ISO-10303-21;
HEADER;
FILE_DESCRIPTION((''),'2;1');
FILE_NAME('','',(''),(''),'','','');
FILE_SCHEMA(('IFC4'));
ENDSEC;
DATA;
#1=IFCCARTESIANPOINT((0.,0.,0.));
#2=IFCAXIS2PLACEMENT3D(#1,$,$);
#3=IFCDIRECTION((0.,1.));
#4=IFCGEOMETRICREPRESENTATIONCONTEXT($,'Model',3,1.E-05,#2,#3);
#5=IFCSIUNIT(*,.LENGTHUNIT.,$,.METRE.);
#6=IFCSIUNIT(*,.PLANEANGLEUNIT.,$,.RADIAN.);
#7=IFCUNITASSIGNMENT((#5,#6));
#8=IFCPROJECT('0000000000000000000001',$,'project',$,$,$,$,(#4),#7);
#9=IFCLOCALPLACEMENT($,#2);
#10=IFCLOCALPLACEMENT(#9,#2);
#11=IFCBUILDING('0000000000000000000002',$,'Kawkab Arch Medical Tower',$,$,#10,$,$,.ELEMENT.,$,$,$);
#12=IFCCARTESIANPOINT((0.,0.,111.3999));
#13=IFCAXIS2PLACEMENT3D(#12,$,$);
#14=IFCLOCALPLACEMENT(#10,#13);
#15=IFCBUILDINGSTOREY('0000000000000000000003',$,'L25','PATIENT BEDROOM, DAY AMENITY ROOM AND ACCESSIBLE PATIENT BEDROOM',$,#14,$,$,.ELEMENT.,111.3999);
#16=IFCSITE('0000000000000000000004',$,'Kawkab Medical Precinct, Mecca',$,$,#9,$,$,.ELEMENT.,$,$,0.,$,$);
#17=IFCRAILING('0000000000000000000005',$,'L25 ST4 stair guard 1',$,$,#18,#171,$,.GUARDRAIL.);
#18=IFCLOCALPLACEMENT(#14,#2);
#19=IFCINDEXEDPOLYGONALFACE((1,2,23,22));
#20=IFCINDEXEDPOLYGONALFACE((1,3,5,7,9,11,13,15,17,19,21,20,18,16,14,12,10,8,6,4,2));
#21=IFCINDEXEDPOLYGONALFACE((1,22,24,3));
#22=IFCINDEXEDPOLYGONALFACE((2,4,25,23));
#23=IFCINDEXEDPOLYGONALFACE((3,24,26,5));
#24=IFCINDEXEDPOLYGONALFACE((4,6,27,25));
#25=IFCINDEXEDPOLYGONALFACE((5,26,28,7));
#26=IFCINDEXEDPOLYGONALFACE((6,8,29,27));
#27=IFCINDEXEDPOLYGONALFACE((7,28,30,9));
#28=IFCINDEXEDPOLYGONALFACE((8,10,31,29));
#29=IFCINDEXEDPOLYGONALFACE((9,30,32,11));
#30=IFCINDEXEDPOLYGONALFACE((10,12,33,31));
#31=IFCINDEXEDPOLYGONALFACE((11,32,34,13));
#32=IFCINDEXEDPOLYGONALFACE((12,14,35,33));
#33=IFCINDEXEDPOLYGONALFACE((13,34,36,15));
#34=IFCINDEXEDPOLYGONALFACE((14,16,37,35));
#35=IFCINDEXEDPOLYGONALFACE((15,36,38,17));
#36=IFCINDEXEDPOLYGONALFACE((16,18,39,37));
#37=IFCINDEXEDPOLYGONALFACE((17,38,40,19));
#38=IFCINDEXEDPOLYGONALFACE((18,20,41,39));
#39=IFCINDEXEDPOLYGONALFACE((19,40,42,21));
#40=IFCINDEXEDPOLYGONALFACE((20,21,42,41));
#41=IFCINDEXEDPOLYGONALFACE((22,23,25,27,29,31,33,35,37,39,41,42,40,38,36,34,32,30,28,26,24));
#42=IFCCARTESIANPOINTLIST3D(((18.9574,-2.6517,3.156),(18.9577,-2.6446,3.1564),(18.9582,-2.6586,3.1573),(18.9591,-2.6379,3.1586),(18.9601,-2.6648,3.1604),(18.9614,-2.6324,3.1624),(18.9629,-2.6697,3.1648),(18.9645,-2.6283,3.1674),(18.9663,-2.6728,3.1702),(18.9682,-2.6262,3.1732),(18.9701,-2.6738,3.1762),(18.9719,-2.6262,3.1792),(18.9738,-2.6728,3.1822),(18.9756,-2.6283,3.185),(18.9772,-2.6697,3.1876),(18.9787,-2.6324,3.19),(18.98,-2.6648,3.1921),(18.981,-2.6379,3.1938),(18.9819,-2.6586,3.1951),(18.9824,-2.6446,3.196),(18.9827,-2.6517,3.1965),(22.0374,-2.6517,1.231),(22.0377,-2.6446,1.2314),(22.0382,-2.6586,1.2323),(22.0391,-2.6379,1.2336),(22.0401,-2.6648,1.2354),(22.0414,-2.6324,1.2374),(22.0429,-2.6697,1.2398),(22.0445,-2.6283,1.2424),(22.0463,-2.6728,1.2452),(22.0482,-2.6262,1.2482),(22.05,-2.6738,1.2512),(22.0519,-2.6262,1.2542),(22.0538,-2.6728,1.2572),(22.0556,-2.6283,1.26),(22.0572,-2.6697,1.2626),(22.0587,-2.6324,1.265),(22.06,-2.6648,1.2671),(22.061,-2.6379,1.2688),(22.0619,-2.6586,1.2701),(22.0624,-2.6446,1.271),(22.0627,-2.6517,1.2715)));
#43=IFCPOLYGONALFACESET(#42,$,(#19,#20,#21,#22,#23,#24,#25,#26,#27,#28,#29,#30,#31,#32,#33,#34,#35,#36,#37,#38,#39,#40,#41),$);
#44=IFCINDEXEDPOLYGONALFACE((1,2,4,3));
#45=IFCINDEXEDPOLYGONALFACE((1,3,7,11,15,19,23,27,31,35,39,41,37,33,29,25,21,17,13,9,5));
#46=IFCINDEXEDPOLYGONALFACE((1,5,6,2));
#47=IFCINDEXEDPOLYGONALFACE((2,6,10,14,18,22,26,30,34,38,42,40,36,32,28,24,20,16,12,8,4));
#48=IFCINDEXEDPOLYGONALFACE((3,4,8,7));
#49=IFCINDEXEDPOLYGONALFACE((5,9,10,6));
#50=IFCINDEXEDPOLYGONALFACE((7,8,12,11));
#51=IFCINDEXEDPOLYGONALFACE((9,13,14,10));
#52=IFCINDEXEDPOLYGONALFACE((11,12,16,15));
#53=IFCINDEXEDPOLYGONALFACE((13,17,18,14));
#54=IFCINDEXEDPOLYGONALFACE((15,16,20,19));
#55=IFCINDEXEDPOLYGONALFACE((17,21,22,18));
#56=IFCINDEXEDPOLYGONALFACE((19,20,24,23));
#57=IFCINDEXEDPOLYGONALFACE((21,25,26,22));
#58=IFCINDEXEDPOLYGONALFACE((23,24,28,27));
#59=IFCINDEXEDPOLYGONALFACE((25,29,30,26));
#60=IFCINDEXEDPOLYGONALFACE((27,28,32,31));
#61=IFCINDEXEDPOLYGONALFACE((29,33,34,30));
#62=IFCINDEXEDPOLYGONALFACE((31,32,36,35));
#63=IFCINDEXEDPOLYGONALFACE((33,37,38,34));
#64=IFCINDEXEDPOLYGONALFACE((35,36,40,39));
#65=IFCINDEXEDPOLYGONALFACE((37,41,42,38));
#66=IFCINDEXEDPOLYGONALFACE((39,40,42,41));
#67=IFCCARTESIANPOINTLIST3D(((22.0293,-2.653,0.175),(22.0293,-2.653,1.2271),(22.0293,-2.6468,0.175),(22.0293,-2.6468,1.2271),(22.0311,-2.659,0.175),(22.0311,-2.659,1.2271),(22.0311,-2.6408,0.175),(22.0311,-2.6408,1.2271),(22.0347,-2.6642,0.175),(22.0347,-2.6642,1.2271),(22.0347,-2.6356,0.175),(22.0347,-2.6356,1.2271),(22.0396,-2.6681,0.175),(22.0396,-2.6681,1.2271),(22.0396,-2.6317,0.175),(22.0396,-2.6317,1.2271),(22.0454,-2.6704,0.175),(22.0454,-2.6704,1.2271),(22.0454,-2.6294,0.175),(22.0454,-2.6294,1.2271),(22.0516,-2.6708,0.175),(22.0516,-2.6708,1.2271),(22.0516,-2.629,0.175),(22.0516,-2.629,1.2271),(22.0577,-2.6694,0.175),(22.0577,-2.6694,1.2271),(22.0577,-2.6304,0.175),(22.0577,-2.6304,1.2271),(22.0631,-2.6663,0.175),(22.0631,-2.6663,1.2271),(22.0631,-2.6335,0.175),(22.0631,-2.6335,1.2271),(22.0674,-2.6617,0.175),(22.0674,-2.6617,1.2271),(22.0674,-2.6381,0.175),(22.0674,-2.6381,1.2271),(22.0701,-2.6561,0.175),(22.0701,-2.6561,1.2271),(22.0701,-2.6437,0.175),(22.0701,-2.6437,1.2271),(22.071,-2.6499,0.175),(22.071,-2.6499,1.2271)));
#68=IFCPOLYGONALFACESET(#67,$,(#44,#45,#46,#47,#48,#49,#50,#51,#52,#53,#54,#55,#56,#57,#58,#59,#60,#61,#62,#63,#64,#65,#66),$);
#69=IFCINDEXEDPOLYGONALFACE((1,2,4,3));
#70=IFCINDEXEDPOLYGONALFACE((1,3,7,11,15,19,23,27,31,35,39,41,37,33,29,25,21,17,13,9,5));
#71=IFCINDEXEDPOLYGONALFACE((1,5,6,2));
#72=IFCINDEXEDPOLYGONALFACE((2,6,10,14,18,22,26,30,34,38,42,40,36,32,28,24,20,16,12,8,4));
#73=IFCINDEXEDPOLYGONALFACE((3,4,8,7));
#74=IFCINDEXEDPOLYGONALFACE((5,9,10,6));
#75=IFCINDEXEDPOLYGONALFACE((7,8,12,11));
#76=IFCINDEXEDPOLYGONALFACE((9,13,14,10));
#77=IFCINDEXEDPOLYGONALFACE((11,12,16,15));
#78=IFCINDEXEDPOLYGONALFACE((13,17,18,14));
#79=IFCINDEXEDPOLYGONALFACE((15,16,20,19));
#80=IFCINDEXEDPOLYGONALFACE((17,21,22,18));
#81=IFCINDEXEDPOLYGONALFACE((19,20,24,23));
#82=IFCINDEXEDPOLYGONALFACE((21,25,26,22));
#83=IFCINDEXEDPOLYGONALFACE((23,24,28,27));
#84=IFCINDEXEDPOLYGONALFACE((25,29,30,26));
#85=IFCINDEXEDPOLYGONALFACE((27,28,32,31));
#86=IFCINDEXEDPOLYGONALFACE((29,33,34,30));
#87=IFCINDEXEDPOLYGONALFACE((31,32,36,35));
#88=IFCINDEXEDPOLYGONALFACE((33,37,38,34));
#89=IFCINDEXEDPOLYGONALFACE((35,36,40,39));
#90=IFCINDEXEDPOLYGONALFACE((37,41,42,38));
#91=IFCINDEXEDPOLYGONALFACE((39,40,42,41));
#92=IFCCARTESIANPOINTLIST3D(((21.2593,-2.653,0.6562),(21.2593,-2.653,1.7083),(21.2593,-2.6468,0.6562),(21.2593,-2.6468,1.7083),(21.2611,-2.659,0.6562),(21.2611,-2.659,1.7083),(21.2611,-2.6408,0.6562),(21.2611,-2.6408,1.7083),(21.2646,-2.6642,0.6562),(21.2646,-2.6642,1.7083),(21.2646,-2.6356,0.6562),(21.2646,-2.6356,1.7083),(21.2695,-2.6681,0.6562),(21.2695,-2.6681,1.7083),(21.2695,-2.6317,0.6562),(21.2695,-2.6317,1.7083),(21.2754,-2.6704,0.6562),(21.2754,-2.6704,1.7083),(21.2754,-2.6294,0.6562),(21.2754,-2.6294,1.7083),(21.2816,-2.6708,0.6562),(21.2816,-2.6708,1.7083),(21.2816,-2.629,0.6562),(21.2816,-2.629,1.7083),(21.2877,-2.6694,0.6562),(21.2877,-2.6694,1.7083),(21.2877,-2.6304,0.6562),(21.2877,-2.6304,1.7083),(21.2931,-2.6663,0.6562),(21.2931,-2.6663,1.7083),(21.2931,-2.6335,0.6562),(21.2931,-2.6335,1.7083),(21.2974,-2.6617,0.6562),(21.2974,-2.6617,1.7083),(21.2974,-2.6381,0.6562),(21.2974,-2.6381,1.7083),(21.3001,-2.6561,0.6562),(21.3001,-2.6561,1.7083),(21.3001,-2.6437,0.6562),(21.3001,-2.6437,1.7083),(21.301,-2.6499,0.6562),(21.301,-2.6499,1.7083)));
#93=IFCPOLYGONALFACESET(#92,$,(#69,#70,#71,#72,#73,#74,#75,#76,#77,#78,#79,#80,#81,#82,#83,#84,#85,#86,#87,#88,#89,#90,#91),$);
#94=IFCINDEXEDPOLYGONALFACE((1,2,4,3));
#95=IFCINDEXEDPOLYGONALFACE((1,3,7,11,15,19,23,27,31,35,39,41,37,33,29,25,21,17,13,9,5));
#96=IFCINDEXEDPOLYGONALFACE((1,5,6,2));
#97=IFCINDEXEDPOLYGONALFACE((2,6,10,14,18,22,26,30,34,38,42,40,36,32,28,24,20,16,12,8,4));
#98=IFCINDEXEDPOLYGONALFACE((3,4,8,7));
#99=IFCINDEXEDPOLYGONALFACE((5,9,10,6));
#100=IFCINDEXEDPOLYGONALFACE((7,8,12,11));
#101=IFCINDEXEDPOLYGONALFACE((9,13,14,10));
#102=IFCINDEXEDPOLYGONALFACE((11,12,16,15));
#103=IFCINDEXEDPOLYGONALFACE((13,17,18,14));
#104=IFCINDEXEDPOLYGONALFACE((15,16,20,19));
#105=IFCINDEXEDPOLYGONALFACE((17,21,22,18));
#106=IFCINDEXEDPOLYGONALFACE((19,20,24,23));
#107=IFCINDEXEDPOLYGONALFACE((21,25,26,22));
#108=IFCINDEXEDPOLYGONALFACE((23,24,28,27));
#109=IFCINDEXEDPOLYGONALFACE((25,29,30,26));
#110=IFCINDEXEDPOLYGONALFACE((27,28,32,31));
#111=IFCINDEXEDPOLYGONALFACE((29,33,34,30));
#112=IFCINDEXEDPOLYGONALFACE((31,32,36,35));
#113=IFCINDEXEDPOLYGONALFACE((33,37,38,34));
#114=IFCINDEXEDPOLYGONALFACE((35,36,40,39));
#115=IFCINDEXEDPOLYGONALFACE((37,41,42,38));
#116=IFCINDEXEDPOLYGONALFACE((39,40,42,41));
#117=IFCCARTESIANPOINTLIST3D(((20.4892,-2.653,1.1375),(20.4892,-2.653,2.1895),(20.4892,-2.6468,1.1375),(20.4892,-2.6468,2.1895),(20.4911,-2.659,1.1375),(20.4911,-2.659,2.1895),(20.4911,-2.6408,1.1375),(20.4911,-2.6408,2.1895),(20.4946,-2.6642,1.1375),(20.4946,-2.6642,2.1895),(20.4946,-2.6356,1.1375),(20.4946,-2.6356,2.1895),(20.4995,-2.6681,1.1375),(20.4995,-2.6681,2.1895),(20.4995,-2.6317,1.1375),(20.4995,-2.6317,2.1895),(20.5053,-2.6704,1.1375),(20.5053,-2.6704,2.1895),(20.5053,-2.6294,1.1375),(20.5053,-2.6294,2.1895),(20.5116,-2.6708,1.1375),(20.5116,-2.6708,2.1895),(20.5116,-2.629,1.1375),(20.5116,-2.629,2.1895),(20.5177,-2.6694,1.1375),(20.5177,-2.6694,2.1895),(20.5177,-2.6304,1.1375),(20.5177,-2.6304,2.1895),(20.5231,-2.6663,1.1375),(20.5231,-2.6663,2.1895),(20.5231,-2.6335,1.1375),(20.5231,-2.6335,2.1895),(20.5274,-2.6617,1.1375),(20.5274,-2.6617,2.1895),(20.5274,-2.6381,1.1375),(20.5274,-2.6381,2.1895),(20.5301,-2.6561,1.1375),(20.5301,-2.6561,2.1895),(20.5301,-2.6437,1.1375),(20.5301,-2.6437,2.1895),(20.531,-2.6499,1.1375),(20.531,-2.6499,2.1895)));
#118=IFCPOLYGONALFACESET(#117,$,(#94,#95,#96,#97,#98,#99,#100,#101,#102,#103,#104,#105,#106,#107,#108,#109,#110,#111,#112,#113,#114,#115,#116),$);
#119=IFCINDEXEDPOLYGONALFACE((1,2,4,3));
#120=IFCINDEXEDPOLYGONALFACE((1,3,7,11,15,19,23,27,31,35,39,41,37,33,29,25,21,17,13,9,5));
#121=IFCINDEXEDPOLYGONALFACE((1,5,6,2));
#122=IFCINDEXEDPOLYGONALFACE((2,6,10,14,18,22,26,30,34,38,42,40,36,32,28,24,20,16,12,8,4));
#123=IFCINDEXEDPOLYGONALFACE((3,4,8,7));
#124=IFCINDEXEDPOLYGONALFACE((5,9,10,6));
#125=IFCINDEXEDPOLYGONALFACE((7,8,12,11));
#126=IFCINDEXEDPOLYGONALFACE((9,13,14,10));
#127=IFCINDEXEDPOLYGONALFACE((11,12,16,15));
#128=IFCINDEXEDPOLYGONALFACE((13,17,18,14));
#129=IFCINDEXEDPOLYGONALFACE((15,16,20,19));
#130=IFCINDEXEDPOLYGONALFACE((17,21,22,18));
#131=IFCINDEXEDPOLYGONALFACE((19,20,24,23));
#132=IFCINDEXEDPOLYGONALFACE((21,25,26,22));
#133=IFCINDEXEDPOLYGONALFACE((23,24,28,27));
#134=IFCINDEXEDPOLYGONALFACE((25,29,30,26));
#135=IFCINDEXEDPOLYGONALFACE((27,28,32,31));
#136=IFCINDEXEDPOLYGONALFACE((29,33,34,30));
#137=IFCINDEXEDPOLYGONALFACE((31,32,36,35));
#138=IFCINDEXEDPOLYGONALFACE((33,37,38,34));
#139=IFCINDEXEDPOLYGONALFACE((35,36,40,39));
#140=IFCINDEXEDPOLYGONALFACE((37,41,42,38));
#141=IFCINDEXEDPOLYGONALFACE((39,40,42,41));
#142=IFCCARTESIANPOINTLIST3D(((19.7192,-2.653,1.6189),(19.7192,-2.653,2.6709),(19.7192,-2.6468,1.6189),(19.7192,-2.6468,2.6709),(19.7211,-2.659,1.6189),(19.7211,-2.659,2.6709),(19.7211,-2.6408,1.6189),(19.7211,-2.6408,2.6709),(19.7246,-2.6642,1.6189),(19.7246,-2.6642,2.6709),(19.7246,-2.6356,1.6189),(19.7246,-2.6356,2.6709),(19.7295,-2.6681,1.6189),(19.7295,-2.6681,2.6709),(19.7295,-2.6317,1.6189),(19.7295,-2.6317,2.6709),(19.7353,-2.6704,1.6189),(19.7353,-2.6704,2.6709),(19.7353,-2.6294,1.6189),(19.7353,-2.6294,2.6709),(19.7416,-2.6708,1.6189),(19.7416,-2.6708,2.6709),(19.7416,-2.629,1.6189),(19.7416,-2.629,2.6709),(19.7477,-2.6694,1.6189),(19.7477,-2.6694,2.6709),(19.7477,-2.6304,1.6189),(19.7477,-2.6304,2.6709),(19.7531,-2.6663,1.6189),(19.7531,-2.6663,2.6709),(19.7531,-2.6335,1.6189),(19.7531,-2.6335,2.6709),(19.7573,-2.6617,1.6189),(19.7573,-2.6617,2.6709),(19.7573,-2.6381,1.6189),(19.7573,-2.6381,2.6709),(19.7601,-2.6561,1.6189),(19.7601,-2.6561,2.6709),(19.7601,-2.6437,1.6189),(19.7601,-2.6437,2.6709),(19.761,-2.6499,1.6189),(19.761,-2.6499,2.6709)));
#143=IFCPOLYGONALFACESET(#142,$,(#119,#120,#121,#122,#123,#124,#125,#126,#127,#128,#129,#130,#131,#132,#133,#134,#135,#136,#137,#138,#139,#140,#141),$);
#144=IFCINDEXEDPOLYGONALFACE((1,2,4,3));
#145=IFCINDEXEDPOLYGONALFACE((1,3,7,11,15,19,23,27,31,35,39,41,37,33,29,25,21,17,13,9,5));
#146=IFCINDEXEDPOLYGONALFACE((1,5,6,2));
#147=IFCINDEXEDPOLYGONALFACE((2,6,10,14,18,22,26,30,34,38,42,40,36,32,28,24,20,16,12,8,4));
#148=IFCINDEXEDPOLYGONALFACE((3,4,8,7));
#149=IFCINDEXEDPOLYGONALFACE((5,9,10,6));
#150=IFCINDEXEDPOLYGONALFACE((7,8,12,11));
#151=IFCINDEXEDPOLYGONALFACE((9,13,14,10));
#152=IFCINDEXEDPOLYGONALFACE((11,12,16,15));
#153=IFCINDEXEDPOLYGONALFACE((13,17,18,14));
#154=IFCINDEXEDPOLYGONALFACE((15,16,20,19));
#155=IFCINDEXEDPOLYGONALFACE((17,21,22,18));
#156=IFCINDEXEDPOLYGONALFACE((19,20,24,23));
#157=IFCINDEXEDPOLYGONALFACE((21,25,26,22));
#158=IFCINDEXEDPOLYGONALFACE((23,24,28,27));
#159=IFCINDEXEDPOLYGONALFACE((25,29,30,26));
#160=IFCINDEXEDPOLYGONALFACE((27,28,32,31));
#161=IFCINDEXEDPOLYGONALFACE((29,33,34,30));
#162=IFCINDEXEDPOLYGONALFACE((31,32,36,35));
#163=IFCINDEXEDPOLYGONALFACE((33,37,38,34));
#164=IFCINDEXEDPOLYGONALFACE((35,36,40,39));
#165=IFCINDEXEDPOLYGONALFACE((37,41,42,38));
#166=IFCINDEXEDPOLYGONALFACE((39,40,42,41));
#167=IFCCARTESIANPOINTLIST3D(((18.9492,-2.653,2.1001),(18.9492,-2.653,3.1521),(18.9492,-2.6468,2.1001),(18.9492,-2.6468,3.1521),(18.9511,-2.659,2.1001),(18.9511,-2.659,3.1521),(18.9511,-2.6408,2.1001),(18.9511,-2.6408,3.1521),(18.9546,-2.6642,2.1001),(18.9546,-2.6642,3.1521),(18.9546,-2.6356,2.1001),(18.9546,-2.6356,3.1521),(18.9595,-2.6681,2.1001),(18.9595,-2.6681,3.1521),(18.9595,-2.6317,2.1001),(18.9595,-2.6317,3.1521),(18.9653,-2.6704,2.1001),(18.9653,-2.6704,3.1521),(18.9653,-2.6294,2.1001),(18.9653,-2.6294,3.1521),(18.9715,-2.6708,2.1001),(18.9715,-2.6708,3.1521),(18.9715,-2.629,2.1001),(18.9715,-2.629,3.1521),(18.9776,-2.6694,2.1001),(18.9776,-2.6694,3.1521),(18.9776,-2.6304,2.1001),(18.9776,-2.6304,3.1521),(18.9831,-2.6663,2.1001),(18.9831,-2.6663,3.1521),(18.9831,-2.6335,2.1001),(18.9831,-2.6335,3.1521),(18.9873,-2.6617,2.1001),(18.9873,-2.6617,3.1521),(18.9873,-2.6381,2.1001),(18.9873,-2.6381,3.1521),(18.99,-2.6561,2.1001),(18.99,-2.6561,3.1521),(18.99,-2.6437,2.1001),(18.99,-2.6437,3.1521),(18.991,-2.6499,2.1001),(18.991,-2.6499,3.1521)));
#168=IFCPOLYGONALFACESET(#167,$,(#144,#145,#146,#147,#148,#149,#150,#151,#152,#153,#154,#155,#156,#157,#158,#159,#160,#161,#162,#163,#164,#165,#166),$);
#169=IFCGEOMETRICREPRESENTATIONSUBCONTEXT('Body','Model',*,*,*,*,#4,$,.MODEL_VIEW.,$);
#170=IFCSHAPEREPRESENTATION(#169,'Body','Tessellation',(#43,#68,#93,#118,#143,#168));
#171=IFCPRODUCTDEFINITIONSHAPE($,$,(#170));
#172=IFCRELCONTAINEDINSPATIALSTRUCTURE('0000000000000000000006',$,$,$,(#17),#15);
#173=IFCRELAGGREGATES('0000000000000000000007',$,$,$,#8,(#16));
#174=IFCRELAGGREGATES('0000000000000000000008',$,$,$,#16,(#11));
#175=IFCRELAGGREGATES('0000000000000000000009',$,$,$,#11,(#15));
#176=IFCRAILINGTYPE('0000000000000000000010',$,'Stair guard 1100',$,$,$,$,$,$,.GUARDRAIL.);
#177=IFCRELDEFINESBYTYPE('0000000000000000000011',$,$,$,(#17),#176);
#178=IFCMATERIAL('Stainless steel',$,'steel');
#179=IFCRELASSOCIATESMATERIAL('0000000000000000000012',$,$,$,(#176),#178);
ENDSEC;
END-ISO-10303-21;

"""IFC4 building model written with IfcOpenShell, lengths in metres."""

from ifc_helpers import new_model, si_unit, direction, frame, origin, origin_2d, place, context, subcontext, project, spatial, circle, extrude, material, type_object, element, save


model = new_model("IFC4")

# Units and contexts
model_context = context("Model", 3, precision=1e-05, world=origin(), true_north=direction((0.0, 1.0)))
body_context = subcontext(model_context, "Body", "Model", "MODEL_VIEW")
ifc_project = project(units=[si_unit("LENGTHUNIT", "METRE"), si_unit("PLANEANGLEUNIT", "RADIAN")], contexts=[model_context])

# Site, building, storey
site_placement = place(None, origin())
site = spatial("IfcSite", under=ifc_project, at=site_placement, Name="Kawkab Medical Precinct, Mecca", CompositionType="ELEMENT", RefElevation=0.0)
building_placement = place(site_placement, origin())
building = spatial("IfcBuilding", under=site, at=building_placement, Name="Kawkab Arch Medical Tower", CompositionType="ELEMENT")
storey_placement = place(building_placement, frame((0.0, 0.0, 111.3999)))
storey = spatial("IfcBuildingStorey", under=building, at=storey_placement, Name="L25", Description="PATIENT BEDROOM, DAY AMENITY ROOM AND ACCESSIBLE PATIENT BEDROOM", CompositionType="ELEMENT", Elevation=111.3999)

# Railing
ifc_material_1 = material(Name="Stainless steel", Category="steel")
railing_type = type_object("IfcRailingType", Name="Stair guard 1100", PredefinedType="GUARDRAIL", material=ifc_material_1)
railing_1_placement = place(storey_placement, frame((22.05, -2.6499, 0.175)))
element("IfcRailing", 1, at=railing_1_placement, inside=storey, type_object=railing_type, Name="L25 ST4 stair guard 1", PredefinedType="GUARDRAIL", context=body_context, shape_type="SweptSolid", body=[
    extrude(circle(Radius=0.0239, at=origin_2d()), frame((0.0, 0.0, 1.0762), z_axis=(-0.847998, 0.0, 0.529999), x_axis=(0.0, -1.0, 0.0)), (0.0, 0.0, 1.0), 3.6321),
    extrude(circle(Radius=0.021, at=origin_2d()), origin(), (0.0, 0.0, 1.0), 1.052),
    extrude(circle(Radius=0.021, at=origin_2d()), frame((-0.77, 0.0, 0.4812)), (0.0, 0.0, 1.0), 1.052),
    extrude(circle(Radius=0.021, at=origin_2d()), frame((-1.54, 0.0, 0.9624)), (0.0, 0.0, 1.0), 1.052),
    extrude(circle(Radius=0.021, at=origin_2d()), frame((-2.3101, 0.0, 1.4438)), (0.0, 0.0, 1.0), 1.052),
    extrude(circle(Radius=0.021, at=origin_2d()), frame((-3.0801, 0.0, 1.925)), (0.0, 0.0, 1.0), 1.052),
])

save(model, "model.ifc")
